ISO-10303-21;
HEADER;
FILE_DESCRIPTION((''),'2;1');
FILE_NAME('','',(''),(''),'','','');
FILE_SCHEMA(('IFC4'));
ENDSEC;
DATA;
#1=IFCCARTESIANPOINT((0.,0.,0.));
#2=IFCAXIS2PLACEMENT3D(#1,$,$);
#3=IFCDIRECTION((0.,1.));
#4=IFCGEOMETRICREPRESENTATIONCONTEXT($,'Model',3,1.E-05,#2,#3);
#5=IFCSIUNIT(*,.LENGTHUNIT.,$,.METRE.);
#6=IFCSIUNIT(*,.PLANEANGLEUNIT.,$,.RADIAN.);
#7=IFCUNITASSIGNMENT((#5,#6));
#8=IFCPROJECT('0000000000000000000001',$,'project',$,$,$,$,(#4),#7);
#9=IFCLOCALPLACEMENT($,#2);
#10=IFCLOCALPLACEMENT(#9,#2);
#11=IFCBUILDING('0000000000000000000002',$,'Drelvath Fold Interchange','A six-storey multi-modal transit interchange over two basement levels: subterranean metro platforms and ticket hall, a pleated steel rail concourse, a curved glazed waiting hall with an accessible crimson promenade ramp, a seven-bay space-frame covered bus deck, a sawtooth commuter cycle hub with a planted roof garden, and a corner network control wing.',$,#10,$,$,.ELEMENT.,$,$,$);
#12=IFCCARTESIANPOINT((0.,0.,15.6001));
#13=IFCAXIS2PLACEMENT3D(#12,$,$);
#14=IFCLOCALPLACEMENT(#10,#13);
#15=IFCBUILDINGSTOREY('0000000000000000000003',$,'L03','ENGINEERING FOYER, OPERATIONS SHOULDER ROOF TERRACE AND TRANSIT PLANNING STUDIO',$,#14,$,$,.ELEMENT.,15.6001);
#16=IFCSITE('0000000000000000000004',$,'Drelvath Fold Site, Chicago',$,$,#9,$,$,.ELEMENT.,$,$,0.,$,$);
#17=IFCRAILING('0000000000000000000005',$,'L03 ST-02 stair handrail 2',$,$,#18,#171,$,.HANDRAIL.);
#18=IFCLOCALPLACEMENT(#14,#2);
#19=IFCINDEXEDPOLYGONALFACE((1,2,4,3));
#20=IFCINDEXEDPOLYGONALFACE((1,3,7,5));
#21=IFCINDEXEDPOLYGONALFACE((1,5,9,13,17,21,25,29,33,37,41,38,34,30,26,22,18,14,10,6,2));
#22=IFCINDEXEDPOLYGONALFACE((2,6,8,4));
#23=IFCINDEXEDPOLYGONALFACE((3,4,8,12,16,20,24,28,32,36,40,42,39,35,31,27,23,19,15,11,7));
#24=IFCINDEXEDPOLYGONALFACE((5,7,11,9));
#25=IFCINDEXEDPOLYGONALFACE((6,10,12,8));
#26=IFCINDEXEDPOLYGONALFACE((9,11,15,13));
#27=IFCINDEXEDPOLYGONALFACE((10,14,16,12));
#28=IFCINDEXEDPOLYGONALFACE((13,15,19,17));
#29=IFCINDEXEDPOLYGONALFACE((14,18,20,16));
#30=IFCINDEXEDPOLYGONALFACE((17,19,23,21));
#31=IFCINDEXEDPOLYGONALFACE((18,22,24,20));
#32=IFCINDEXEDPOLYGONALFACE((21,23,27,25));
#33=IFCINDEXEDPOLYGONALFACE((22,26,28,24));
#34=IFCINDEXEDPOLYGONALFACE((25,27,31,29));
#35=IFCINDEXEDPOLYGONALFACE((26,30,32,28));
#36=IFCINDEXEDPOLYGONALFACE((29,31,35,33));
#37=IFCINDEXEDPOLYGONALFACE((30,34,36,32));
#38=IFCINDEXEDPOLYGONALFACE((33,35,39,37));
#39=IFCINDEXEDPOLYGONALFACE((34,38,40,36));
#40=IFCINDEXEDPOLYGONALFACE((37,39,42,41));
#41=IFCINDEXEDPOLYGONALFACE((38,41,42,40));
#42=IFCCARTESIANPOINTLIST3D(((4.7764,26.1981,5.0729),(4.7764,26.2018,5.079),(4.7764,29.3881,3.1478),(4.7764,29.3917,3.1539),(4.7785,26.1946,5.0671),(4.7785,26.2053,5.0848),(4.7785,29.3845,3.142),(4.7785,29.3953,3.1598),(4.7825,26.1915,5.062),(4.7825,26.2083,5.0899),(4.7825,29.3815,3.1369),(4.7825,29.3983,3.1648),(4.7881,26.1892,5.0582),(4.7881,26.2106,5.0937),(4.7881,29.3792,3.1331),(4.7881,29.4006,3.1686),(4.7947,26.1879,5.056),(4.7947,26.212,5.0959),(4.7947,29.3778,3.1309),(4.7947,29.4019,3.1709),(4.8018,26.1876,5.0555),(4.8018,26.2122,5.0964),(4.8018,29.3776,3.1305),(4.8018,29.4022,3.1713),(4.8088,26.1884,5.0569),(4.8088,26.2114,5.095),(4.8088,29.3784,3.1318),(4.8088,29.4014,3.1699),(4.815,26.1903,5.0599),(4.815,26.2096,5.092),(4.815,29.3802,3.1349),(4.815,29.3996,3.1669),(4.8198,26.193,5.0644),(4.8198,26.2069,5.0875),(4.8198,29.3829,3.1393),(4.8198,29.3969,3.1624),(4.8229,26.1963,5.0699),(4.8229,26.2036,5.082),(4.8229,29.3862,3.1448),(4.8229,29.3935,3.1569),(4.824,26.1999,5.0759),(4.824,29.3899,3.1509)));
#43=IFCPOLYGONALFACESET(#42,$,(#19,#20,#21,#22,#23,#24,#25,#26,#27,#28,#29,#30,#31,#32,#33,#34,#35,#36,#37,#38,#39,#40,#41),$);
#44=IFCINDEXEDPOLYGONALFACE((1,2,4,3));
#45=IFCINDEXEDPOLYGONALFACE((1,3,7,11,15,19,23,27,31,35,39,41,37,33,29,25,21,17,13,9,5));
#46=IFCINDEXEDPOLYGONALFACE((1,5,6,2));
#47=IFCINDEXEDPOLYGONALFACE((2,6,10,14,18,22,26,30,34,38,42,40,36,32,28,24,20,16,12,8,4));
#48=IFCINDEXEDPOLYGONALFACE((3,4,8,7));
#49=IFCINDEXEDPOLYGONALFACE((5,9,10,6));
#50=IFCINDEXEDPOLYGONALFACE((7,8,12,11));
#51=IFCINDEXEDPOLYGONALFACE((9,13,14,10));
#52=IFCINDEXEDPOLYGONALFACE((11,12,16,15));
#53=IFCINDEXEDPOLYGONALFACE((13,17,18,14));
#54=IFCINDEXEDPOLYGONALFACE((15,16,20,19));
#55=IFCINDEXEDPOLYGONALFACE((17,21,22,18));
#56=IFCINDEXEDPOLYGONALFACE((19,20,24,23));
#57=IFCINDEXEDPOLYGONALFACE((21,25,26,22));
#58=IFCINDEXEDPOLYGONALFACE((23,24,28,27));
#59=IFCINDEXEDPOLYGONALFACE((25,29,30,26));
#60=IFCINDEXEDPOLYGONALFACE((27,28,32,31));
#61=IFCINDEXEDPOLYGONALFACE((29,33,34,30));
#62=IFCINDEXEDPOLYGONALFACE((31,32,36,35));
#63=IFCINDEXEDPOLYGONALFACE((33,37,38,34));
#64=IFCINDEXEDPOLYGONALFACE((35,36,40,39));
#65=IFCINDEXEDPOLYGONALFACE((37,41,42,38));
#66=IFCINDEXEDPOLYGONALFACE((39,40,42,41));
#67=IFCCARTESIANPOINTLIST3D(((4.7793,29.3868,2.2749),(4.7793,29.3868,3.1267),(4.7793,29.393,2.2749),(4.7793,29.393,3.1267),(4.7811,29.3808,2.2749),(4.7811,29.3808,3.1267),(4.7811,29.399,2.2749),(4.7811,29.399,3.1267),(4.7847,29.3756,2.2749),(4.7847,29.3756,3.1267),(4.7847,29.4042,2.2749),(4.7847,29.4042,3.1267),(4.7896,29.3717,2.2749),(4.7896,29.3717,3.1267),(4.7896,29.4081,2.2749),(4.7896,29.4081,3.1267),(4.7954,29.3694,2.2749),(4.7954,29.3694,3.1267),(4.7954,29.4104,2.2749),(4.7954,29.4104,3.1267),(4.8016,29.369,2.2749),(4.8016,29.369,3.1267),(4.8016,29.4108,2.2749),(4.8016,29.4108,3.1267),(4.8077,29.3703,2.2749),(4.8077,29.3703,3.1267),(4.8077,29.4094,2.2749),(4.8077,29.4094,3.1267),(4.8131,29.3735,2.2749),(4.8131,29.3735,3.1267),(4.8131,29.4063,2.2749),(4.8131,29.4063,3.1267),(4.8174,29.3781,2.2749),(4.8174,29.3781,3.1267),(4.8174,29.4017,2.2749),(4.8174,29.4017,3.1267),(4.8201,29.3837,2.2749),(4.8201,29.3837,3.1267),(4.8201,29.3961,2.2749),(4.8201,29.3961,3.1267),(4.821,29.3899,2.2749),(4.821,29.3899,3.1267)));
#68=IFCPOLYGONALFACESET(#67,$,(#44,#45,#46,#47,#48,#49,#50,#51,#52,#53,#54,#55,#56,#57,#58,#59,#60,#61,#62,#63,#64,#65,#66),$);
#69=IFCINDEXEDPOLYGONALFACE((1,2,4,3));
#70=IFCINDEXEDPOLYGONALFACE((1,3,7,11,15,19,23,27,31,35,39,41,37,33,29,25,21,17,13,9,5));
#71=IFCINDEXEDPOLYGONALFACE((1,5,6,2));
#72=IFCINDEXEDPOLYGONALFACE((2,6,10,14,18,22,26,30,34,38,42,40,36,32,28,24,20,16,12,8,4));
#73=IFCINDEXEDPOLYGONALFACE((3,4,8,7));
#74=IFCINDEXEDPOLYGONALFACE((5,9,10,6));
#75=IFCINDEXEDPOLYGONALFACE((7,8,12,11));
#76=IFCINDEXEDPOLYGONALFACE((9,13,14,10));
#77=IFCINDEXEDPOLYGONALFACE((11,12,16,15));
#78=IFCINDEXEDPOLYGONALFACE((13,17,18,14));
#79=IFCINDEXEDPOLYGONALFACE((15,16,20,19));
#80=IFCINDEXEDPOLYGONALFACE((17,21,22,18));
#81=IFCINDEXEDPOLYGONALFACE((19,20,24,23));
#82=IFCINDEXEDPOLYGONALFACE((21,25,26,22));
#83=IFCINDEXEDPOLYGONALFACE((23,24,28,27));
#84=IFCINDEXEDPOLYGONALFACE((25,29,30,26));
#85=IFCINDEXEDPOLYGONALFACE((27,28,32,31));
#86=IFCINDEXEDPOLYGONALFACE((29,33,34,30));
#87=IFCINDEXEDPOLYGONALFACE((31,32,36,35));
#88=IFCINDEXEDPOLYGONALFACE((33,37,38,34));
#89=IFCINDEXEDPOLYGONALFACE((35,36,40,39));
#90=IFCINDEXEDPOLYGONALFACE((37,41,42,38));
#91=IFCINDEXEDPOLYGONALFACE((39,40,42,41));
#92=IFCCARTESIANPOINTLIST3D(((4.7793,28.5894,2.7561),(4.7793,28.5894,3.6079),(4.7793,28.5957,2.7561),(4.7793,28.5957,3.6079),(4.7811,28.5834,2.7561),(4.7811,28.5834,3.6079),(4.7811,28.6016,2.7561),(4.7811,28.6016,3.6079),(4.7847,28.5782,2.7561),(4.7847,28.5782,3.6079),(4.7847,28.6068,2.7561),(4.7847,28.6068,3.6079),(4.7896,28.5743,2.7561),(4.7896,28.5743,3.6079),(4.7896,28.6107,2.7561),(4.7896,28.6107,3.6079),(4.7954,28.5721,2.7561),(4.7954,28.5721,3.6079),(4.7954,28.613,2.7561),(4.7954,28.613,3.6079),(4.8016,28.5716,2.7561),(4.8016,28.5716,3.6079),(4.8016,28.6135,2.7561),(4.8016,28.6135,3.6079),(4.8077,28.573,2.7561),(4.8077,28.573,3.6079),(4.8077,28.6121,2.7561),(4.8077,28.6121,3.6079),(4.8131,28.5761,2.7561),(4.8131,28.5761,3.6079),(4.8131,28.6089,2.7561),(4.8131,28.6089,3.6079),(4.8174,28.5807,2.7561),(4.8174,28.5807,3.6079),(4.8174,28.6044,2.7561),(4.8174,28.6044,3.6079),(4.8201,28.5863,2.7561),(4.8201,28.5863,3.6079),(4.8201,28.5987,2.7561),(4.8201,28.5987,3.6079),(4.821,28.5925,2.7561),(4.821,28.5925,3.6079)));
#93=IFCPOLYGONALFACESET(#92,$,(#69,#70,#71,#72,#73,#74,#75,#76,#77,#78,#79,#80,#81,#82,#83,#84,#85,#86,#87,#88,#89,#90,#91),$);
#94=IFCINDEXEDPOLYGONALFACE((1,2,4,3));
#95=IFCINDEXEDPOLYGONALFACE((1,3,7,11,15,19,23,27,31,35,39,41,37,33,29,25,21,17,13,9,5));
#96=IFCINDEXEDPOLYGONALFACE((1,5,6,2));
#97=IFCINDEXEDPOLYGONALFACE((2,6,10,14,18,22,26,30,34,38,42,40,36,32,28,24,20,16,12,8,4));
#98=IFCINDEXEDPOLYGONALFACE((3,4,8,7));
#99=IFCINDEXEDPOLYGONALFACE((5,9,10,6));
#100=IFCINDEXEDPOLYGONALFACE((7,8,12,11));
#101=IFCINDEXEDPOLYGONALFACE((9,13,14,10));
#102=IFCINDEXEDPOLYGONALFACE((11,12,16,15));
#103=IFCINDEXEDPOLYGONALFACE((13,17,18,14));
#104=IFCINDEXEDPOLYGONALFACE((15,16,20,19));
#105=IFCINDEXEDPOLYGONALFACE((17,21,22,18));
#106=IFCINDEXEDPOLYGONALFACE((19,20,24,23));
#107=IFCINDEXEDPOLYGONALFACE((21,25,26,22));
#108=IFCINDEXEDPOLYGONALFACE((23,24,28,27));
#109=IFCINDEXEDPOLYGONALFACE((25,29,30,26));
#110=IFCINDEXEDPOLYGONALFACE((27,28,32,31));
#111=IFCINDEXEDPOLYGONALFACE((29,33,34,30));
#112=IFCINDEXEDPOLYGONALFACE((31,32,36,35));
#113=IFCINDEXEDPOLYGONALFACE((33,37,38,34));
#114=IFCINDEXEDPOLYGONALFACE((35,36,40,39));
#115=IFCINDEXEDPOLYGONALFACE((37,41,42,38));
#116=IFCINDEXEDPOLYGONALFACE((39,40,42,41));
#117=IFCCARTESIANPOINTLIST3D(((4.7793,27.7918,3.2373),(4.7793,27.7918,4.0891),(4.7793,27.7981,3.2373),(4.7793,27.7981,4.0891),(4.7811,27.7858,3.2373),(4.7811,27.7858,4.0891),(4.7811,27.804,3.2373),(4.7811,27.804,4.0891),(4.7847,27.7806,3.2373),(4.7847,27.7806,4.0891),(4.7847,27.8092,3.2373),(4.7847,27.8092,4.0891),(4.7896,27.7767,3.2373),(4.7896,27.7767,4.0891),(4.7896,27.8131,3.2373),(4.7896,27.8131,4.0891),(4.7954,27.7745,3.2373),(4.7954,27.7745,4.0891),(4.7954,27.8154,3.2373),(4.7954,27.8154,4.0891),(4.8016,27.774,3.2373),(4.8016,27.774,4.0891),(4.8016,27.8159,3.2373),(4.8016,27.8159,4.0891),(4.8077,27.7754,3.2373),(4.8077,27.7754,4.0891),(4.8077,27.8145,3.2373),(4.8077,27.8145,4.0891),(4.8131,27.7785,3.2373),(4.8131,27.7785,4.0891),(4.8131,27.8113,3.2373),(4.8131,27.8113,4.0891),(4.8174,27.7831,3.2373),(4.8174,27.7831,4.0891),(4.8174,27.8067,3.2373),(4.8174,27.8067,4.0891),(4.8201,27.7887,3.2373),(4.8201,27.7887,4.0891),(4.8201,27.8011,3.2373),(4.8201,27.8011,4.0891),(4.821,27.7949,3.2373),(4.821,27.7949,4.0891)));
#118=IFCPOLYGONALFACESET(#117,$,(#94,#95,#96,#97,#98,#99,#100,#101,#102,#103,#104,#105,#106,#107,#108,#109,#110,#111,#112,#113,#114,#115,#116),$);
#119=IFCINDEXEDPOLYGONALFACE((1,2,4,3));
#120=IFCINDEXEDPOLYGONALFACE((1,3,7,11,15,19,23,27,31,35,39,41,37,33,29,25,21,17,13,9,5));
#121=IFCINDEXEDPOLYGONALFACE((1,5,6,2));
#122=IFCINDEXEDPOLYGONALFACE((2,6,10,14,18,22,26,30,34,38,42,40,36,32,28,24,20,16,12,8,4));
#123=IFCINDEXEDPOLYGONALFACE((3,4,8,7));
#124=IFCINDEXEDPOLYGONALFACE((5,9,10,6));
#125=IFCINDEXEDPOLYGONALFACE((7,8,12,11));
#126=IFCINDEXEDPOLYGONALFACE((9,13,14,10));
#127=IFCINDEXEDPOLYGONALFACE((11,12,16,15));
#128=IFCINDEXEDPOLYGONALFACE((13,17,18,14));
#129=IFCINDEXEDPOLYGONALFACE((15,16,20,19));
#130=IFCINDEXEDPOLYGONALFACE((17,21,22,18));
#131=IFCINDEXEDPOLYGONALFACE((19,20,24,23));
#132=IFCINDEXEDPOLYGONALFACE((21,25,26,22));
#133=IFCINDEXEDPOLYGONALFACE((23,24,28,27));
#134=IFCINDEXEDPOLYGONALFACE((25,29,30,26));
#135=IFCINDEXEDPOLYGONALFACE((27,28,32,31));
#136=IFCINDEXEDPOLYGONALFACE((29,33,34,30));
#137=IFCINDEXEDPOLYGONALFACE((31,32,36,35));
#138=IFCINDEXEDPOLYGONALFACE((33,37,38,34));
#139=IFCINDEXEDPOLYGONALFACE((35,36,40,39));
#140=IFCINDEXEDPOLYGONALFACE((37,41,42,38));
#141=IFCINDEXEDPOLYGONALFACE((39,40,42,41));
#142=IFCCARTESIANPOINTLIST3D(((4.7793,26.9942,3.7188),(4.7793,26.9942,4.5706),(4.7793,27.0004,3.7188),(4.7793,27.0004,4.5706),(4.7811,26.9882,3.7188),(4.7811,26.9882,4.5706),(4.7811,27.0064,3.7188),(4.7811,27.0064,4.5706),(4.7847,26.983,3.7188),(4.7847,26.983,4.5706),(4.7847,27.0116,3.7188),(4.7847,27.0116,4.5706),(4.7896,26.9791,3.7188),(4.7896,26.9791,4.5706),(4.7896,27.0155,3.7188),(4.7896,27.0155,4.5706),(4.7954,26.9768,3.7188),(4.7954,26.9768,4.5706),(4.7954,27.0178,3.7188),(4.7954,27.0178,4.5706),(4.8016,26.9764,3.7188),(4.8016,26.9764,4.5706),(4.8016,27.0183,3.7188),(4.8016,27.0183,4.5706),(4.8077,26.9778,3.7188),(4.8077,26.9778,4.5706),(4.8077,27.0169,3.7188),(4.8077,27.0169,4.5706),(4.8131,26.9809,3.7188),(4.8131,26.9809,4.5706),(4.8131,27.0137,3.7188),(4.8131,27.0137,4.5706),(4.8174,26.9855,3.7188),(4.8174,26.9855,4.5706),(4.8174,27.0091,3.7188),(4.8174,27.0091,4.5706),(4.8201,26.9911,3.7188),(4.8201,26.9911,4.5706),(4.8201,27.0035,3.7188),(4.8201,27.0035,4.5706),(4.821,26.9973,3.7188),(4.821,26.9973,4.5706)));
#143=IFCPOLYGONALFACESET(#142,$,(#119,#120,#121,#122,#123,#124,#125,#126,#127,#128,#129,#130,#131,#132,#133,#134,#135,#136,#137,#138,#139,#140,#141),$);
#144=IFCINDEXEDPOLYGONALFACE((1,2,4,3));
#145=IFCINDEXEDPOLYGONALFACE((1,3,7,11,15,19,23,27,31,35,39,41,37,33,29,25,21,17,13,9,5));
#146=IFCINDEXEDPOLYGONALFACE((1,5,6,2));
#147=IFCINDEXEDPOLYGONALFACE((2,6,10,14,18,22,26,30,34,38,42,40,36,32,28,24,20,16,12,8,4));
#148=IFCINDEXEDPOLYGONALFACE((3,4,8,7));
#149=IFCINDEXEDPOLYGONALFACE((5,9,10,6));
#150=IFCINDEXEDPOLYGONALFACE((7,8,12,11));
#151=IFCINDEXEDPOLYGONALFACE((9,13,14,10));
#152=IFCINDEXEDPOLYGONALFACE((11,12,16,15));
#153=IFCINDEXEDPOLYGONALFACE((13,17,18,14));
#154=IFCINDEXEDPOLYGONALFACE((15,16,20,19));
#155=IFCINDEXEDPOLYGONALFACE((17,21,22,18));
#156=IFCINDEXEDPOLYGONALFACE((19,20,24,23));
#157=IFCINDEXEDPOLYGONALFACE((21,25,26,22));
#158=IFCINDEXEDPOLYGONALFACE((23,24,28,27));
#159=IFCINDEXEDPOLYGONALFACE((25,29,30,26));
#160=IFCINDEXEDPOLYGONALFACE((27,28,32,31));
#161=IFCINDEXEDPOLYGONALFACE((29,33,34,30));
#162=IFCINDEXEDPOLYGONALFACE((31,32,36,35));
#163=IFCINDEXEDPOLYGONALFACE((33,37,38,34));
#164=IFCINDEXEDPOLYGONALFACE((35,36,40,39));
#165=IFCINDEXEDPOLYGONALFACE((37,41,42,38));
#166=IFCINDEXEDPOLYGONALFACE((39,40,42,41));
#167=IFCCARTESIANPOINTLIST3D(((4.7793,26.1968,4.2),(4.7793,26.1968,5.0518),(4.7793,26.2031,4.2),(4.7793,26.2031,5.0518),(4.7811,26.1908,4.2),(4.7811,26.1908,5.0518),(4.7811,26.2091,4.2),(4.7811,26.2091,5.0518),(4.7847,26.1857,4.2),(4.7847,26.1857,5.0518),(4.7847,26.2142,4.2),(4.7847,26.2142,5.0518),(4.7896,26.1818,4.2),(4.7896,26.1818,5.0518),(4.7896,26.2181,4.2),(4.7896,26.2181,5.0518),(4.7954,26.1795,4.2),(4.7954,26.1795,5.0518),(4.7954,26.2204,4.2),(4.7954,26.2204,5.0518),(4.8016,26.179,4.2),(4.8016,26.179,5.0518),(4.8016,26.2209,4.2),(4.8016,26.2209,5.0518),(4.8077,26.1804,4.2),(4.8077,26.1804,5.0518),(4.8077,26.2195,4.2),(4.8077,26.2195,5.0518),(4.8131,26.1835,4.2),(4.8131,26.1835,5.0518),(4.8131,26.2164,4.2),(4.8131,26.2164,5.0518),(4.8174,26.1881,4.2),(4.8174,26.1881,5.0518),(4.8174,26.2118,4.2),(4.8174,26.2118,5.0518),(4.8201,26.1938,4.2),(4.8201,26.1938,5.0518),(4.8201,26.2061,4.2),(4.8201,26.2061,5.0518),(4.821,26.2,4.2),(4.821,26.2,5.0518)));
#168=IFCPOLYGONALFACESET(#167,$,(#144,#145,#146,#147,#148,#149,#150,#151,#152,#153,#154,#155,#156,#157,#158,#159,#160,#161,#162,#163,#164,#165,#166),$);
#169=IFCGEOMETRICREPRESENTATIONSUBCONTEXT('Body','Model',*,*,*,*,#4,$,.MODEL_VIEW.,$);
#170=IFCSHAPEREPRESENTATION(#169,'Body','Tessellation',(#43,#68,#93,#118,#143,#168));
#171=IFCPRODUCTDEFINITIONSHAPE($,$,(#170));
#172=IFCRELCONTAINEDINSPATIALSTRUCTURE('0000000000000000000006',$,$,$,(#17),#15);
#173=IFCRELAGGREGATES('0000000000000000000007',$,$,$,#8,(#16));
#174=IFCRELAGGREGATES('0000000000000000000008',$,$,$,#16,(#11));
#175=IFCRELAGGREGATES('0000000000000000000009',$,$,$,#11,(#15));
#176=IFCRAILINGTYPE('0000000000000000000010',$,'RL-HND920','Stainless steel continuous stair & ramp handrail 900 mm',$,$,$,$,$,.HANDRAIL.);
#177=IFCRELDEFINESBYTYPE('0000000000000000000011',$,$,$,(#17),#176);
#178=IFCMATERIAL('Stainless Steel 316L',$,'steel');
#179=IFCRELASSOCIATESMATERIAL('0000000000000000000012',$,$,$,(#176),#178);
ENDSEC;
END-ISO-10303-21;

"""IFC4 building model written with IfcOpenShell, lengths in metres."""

from ifc_helpers import new_model, si_unit, direction, frame, origin, origin_2d, place, context, subcontext, project, spatial, circle, extrude, material, type_object, element, save


model = new_model("IFC4")

# Units and contexts
model_context = context("Model", 3, precision=1e-05, world=origin(), true_north=direction((0.0, 1.0)))
body_context = subcontext(model_context, "Body", "Model", "MODEL_VIEW")
ifc_project = project(units=[si_unit("LENGTHUNIT", "METRE"), si_unit("PLANEANGLEUNIT", "RADIAN")], contexts=[model_context])

# Site, building, storey
site_placement = place(None, origin())
site = spatial("IfcSite", under=ifc_project, at=site_placement, Name="Drelvath Fold Site, Chicago", CompositionType="ELEMENT", RefElevation=0.0)
building_placement = place(site_placement, origin())
building = spatial("IfcBuilding", under=site, at=building_placement, Name="Drelvath Fold Interchange", Description="A six-storey multi-modal transit interchange over two basement levels: subterranean metro platforms and ticket hall, a pleated steel rail concourse, a curved glazed waiting hall with an accessible crimson promenade ramp, a seven-bay space-frame covered bus deck, a sawtooth commuter cycle hub with a planted roof garden, and a corner network control wing.", CompositionType="ELEMENT")
storey_placement = place(building_placement, frame((0.0, 0.0, 15.6001)))
storey = spatial("IfcBuildingStorey", under=building, at=storey_placement, Name="L03", Description="ENGINEERING FOYER, OPERATIONS SHOULDER ROOF TERRACE AND TRANSIT PLANNING STUDIO", CompositionType="ELEMENT", Elevation=15.6001)

# Railing
ifc_material_1 = material(Name="Stainless Steel 316L", Category="steel")
railing_type_1 = type_object("IfcRailingType", Name="RL-HND920", Description="Stainless steel continuous stair & ramp handrail 900 mm", PredefinedType="HANDRAIL", material=ifc_material_1)
railing_1_placement = place(storey_placement, frame((4.8, 29.3899, 2.2749)))
element("IfcRailing", 1, at=railing_1_placement, inside=storey, type_object=railing_type_1, Name="L03 ST-02 stair handrail 2", PredefinedType="HANDRAIL", context=body_context, shape_type="SweptSolid", body=[
    extrude(circle(Radius=0.0239, at=origin_2d()), frame((0.0, 0.0, 0.876), z_axis=(0.0, -0.856178, 0.516682), x_axis=(1.0, 0.0, 0.0)), (0.0, 0.0, 1.0), 3.7258),
    extrude(circle(Radius=0.021, at=origin_2d()), origin(), (0.0, 0.0, 1.0), 0.8518),
    extrude(circle(Radius=0.021, at=origin_2d()), frame((0.0, -0.7974, 0.4812)), (0.0, 0.0, 1.0), 0.8518),
    extrude(circle(Radius=0.021, at=origin_2d()), frame((0.0, -1.595, 0.9624)), (0.0, 0.0, 1.0), 0.8518),
    extrude(circle(Radius=0.021, at=origin_2d()), frame((0.0, -2.3926, 1.4438)), (0.0, 0.0, 1.0), 0.8518),
    extrude(circle(Radius=0.021, at=origin_2d()), frame((0.0, -3.1899, 1.925)), (0.0, 0.0, 1.0), 0.8518),
])

save(model, "model.ifc")
